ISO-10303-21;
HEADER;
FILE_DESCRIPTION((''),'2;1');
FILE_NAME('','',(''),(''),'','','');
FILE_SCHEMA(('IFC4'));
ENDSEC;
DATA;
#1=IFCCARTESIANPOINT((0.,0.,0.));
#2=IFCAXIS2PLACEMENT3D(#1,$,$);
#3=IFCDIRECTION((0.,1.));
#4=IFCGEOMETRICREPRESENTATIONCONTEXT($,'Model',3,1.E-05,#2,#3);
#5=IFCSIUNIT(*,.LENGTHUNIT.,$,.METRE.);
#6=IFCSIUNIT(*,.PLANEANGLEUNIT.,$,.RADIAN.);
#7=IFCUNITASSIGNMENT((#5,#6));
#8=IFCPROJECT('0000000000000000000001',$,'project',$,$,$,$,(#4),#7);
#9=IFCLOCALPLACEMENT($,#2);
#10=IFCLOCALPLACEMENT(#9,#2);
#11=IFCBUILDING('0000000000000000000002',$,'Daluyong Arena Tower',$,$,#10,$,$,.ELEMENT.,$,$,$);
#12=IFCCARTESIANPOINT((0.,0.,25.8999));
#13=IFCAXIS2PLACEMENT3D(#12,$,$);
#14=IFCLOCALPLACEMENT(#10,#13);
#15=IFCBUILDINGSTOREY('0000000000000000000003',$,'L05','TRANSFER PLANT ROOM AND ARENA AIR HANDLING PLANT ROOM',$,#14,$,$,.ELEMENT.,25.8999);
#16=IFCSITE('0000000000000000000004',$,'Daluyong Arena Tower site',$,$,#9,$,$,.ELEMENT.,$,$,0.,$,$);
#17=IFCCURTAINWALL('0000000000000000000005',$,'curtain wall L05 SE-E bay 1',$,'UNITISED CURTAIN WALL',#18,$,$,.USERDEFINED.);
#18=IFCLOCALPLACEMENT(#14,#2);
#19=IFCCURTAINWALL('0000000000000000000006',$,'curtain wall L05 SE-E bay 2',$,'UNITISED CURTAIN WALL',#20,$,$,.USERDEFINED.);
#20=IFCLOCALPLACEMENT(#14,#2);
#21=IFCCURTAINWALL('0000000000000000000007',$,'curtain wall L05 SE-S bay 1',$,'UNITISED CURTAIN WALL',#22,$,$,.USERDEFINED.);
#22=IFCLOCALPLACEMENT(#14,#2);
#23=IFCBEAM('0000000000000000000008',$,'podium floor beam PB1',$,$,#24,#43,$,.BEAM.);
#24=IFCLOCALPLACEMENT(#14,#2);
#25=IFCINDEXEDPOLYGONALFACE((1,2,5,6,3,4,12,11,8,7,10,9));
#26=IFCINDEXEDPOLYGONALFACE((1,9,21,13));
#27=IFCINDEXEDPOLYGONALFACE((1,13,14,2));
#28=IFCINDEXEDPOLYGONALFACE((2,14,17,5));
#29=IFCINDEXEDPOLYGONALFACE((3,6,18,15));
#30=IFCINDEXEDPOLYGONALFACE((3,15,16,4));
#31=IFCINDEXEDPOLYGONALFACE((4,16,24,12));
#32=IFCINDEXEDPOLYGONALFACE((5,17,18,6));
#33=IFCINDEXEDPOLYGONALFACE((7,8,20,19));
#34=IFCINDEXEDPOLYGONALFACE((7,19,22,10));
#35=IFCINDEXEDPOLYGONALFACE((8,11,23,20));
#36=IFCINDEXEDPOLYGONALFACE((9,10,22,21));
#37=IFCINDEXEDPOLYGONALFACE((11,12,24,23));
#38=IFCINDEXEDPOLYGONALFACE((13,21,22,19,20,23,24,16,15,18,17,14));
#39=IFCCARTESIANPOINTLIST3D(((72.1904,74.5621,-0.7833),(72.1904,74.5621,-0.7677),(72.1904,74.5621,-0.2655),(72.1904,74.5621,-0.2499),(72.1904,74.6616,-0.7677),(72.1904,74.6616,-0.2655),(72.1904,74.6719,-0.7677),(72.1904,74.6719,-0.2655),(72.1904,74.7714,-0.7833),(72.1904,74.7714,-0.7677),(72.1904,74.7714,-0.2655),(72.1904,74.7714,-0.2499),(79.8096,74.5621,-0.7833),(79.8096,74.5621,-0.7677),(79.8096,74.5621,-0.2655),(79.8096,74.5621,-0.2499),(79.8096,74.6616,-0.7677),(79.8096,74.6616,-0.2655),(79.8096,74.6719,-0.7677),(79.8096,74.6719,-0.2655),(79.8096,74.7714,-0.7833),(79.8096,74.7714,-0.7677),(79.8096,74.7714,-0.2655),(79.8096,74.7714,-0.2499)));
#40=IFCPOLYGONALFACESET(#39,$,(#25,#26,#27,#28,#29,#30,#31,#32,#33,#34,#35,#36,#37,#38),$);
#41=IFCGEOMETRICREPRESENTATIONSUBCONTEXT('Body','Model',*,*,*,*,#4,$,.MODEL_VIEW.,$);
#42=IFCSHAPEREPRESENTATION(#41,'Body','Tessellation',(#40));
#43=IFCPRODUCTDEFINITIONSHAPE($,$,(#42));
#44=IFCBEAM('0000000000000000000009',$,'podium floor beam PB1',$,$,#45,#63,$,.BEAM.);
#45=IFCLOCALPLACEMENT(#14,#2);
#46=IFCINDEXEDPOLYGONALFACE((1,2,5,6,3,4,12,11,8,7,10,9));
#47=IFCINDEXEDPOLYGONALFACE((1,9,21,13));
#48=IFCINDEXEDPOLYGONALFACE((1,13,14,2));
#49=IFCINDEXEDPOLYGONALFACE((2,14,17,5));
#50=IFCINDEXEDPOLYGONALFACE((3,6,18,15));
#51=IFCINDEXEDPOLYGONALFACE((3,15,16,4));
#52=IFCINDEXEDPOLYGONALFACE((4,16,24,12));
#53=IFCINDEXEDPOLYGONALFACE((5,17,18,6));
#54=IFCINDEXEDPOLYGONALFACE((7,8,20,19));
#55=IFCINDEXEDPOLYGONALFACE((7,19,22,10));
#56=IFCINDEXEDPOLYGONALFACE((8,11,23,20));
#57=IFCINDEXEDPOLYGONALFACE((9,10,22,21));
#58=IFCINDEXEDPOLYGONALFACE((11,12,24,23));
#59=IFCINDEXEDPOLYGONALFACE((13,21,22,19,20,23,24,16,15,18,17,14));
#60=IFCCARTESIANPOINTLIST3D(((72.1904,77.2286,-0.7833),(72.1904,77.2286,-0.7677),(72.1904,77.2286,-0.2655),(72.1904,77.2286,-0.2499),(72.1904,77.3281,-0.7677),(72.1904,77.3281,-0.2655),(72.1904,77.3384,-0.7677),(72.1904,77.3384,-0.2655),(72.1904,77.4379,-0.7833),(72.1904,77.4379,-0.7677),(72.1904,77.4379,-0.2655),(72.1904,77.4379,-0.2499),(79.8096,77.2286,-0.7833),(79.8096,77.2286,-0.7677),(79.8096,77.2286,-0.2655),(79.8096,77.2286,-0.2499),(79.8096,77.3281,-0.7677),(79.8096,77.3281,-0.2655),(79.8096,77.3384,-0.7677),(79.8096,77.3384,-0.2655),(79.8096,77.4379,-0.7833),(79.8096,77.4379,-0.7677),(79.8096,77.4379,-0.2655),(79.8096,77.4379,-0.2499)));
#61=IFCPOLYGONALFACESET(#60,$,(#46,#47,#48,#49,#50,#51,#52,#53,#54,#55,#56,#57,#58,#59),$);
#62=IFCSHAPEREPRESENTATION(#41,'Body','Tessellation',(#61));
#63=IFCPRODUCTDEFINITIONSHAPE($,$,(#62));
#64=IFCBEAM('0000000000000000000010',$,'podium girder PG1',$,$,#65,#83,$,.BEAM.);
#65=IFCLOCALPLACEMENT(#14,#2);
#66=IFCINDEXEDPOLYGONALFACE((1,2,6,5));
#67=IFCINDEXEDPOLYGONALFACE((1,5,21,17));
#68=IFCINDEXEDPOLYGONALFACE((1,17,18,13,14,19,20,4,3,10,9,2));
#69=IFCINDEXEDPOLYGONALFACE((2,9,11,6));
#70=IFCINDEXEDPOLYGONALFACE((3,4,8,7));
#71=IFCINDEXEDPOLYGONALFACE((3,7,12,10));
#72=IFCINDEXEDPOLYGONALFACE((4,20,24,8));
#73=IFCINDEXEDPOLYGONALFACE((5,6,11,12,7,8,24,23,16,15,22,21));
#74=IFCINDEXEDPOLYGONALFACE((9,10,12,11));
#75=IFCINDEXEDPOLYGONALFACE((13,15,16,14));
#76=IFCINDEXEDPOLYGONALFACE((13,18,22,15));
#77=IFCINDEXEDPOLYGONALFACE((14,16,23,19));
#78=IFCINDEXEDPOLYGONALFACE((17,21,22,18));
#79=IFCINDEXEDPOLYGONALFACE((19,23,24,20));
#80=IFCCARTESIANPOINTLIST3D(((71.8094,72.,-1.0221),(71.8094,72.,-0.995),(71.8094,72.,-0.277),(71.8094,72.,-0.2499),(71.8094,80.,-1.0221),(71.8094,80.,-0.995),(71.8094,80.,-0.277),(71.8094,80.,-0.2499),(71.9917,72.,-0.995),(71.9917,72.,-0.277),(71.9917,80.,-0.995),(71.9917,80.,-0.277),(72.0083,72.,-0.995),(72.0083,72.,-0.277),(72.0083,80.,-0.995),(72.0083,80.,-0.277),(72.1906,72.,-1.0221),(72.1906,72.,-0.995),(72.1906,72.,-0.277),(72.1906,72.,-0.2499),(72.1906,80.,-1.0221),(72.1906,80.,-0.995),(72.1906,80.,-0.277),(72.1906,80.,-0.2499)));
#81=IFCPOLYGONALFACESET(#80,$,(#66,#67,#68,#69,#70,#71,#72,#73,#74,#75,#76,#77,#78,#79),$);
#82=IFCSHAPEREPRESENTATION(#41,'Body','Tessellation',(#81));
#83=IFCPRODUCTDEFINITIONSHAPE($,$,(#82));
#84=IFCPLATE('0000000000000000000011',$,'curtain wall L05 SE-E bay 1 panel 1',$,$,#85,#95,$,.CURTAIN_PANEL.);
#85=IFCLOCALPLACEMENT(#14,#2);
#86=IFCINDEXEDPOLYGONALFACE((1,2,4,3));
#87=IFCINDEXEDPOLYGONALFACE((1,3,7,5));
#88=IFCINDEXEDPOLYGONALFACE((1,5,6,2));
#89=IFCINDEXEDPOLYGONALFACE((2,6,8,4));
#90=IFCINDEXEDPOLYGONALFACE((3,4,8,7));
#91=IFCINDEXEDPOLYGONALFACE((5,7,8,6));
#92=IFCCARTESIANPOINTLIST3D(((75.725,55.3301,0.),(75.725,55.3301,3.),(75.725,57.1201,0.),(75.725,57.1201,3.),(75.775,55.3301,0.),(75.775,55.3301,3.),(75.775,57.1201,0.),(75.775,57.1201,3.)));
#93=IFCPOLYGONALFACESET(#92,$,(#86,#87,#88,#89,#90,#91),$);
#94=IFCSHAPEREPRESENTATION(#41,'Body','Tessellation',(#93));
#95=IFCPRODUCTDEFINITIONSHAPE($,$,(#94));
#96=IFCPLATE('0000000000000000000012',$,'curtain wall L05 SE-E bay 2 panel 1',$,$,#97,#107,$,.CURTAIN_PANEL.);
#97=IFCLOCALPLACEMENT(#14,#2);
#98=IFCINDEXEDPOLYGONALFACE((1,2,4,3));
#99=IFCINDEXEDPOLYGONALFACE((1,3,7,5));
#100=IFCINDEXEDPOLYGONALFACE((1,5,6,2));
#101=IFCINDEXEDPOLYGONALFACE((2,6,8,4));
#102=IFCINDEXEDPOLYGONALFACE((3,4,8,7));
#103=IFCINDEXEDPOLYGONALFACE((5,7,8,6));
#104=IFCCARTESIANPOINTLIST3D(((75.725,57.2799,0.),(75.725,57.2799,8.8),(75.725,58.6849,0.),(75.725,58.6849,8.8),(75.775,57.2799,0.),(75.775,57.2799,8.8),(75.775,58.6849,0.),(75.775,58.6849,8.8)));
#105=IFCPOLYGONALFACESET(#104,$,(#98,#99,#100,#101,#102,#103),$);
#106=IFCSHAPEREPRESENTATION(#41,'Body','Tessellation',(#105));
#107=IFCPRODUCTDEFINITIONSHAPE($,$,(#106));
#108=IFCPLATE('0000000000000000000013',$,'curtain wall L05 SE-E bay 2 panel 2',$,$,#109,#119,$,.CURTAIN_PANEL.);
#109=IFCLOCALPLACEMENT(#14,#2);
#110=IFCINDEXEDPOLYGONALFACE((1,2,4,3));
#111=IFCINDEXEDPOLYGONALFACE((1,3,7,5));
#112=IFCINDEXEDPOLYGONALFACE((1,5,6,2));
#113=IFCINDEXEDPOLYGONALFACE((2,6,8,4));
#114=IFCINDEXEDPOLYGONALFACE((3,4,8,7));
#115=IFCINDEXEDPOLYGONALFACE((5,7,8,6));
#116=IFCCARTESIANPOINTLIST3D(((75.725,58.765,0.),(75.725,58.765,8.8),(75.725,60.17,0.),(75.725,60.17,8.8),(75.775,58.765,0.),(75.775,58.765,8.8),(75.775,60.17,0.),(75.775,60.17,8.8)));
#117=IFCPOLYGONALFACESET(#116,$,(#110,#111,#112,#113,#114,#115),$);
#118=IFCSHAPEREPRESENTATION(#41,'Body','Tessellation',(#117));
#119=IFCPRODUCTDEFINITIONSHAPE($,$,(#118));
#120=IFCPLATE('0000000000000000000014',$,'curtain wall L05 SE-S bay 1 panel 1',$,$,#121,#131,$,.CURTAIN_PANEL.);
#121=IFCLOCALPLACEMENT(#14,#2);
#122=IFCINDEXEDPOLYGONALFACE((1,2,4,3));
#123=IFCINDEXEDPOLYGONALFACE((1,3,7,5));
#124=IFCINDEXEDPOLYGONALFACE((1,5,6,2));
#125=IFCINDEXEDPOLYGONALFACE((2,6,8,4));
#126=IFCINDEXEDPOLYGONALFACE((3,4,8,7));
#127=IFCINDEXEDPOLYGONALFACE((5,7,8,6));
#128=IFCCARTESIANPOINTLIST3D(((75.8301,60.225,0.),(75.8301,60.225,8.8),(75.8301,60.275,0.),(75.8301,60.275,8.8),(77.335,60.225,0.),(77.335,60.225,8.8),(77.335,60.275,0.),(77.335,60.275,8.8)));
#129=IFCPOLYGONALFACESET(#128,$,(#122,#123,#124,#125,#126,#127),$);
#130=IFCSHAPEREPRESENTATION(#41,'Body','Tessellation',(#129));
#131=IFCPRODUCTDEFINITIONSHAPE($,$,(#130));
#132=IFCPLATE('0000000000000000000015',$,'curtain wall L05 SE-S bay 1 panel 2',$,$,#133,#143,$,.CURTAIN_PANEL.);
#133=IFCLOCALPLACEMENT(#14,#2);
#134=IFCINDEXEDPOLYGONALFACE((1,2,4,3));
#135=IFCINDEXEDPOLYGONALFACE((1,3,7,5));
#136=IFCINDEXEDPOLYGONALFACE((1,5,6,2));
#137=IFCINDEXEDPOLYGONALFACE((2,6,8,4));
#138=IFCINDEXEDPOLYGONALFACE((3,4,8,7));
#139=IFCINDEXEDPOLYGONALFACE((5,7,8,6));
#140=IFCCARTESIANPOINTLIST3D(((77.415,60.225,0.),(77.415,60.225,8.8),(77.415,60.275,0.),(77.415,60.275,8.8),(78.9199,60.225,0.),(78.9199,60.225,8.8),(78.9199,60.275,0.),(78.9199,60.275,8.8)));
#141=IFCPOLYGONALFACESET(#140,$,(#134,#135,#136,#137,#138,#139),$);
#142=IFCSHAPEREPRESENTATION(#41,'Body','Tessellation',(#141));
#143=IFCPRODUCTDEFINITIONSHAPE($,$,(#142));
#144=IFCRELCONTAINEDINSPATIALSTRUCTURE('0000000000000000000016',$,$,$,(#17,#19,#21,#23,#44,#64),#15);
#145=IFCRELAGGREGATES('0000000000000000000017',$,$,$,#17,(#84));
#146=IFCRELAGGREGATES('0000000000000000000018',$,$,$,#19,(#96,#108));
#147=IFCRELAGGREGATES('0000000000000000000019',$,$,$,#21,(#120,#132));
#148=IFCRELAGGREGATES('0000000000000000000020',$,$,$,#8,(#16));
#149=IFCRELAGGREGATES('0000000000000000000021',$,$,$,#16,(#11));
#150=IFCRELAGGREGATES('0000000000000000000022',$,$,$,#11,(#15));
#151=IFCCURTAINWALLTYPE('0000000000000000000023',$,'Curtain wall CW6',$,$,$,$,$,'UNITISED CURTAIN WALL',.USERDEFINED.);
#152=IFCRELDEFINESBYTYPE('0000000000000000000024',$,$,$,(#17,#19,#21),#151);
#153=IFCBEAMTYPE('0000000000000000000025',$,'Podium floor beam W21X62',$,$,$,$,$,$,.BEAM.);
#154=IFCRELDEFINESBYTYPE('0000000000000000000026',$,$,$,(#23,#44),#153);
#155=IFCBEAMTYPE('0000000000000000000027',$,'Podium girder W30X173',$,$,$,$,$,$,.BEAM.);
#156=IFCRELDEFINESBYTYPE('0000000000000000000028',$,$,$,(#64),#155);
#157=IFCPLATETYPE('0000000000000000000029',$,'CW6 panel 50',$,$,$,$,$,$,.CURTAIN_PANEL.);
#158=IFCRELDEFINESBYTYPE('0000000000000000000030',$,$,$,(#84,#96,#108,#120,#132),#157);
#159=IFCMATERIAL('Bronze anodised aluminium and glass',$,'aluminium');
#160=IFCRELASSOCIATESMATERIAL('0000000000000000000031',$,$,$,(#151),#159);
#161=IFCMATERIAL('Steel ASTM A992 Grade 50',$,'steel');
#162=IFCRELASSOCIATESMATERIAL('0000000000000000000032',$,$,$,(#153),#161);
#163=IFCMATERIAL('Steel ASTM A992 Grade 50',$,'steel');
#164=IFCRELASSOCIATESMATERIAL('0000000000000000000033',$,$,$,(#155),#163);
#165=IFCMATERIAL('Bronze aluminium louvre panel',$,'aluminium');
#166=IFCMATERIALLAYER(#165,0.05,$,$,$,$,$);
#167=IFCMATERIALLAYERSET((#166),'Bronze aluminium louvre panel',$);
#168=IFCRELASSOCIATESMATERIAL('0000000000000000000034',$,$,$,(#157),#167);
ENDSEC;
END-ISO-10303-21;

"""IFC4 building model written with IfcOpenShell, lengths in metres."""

from ifc_helpers import new_model, si_unit, direction, frame, origin, origin_2d, place, context, subcontext, project, spatial, rectangle, i_section, extrude, material, layer, layer_set, material_profile, profile_set, type_object, element, aggregate, save


model = new_model("IFC4")

# Units and contexts
model_context = context("Model", 3, precision=1e-05, world=origin(), true_north=direction((0.0, 1.0)))
body_context = subcontext(model_context, "Body", "Model", "MODEL_VIEW")
ifc_project = project(units=[si_unit("LENGTHUNIT", "METRE"), si_unit("PLANEANGLEUNIT", "RADIAN")], contexts=[model_context])

# Site, building, storey
site_placement = place(None, origin())
site = spatial("IfcSite", under=ifc_project, at=site_placement, Name="Daluyong Arena Tower site", CompositionType="ELEMENT", RefElevation=0.0)
building_placement = place(site_placement, origin())
building = spatial("IfcBuilding", under=site, at=building_placement, Name="Daluyong Arena Tower", CompositionType="ELEMENT")
storey_placement = place(building_placement, frame((0.0, 0.0, 25.8999)))
storey = spatial("IfcBuildingStorey", under=building, at=storey_placement, Name="L05", Description="TRANSFER PLANT ROOM AND ARENA AIR HANDLING PLANT ROOM", CompositionType="ELEMENT", Elevation=25.8999)

# Curtain wall
ifc_material_1 = material(Name="Bronze anodised aluminium and glass", Category="aluminium")
curtain_wall_type = type_object("IfcCurtainWallType", Name="Curtain wall CW6", ElementType="UNITISED CURTAIN WALL", PredefinedType="USERDEFINED", material=ifc_material_1)
curtain_wall_1_placement = place(storey_placement, origin())
curtain_wall_1 = element("IfcCurtainWall", 1, at=curtain_wall_1_placement, inside=storey, type_object=curtain_wall_type, Name="curtain wall L05 SE-E bay 1", ObjectType="UNITISED CURTAIN WALL", PredefinedType="USERDEFINED")

# Curtain walls
curtain_wall_2_placement = place(storey_placement, origin())
curtain_wall_2 = element("IfcCurtainWall", 2, at=curtain_wall_2_placement, inside=storey, type_object=curtain_wall_type, Name="curtain wall L05 SE-E bay 2", ObjectType="UNITISED CURTAIN WALL", PredefinedType="USERDEFINED")
curtain_wall_3_placement = place(storey_placement, origin())
curtain_wall_3 = element("IfcCurtainWall", 3, at=curtain_wall_3_placement, inside=storey, type_object=curtain_wall_type, Name="curtain wall L05 SE-S bay 1", ObjectType="UNITISED CURTAIN WALL", PredefinedType="USERDEFINED")

# Beams
ifc_material_2 = material(Name="Steel ASTM A992 Grade 50", Category="steel")
ifc_material_profile_1 = material_profile(ifc_material_2, i_section(OverallWidth=0.2092, OverallDepth=0.5334, WebThickness=0.0103, FlangeThickness=0.0156, at=origin_2d()))
ifc_profile_set_1 = profile_set([ifc_material_profile_1], Name="Steel ASTM A992 Grade 50")
beam_type_1 = type_object("IfcBeamType", Name="Podium floor beam W21X62", PredefinedType="BEAM", material=ifc_profile_set_1)
for number, where, z_axis, x_axis, name in (
    (4, (72.1904, 74.6667, -0.5166), (1.0, 0.0, 0.0), (0.0, 1.0, 0.0), "podium floor beam PB1"),
    (5, (72.1904, 77.3333, -0.5166), (1.0, 0.0, 0.0), (0.0, 1.0, 0.0), "podium floor beam PB1"),
):
    element("IfcBeam", number, at=place(storey_placement, frame(where, z_axis=z_axis, x_axis=x_axis)), inside=storey, type_object=beam_type_1, Name=name, PredefinedType="BEAM", context=body_context, shape_type="SweptSolid", body=[
        extrude(i_section(OverallWidth=0.2092, OverallDepth=0.5334, WebThickness=0.0103, FlangeThickness=0.0156, at=origin_2d()), origin(), (0.0, 0.0, 1.0), 7.6191),
    ])
ifc_material_3 = material(Name="Steel ASTM A992 Grade 50", Category="steel")
ifc_material_profile_2 = material_profile(ifc_material_3, i_section(OverallWidth=0.3811, OverallDepth=0.7722, WebThickness=0.0166, FlangeThickness=0.0271, at=origin_2d()))
ifc_profile_set_2 = profile_set([ifc_material_profile_2], Name="Steel ASTM A992 Grade 50")
beam_type_2 = type_object("IfcBeamType", Name="Podium girder W30X173", PredefinedType="BEAM", material=ifc_profile_set_2)
beam_placement = place(storey_placement, frame((72.0, 72.0, -0.636), z_axis=(0.0, 1.0, 0.0), x_axis=(-1.0, 0.0, 0.0)))
element("IfcBeam", 6, at=beam_placement, inside=storey, type_object=beam_type_2, Name="podium girder PG1", PredefinedType="BEAM", context=body_context, shape_type="SweptSolid", body=[
    extrude(i_section(OverallWidth=0.3811, OverallDepth=0.7722, WebThickness=0.0166, FlangeThickness=0.0271, at=origin_2d()), origin(), (0.0, 0.0, 1.0), 8.0),
])

# Plates
ifc_material_4 = material(Name="Bronze aluminium louvre panel", Category="aluminium")
ifc_layer = layer(ifc_material_4, 0.05)
ifc_layer_set = layer_set([ifc_layer], Name="Bronze aluminium louvre panel")
plate_type = type_object("IfcPlateType", Name="CW6 panel 50", PredefinedType="CURTAIN_PANEL", material=ifc_layer_set)
plate_1_placement = place(storey_placement, frame((75.75, 56.2251, 0.0), z_axis=(0.0, 0.0, 1.0), x_axis=(0.0, 1.0, 0.0)))
plate_1 = element("IfcPlate", 7, at=plate_1_placement, type_object=plate_type, Name="curtain wall L05 SE-E bay 1 panel 1", PredefinedType="CURTAIN_PANEL", context=body_context, shape_type="SweptSolid", body=[
    extrude(rectangle(XDim=1.79, YDim=0.05, at=origin_2d()), origin(), (0.0, 0.0, 1.0), 3.0),
])
aggregate(curtain_wall_1, [plate_1])
plate_2_placement = place(storey_placement, frame((75.75, 57.9824, 0.0), z_axis=(0.0, 0.0, 1.0), x_axis=(0.0, 1.0, 0.0)))
plate_2 = element("IfcPlate", 8, at=plate_2_placement, type_object=plate_type, Name="curtain wall L05 SE-E bay 2 panel 1", PredefinedType="CURTAIN_PANEL", context=body_context, shape_type="SweptSolid", body=[
    extrude(rectangle(XDim=1.405, YDim=0.05, at=origin_2d()), origin(), (0.0, 0.0, 1.0), 8.8),
])
plate_3_placement = place(storey_placement, frame((75.75, 59.4675, 0.0), z_axis=(0.0, 0.0, 1.0), x_axis=(0.0, 1.0, 0.0)))
plate_3 = element("IfcPlate", 9, at=plate_3_placement, type_object=plate_type, Name="curtain wall L05 SE-E bay 2 panel 2", PredefinedType="CURTAIN_PANEL", context=body_context, shape_type="SweptSolid", body=[
    extrude(rectangle(XDim=1.405, YDim=0.05, at=origin_2d()), origin(), (0.0, 0.0, 1.0), 8.8),
])
aggregate(curtain_wall_2, [plate_2, plate_3])
plate_4_placement = place(storey_placement, frame((76.5825, 60.25, 0.0), z_axis=(0.0, 0.0, 1.0), x_axis=(1.0, 0.0, 0.0)))
plate_4 = element("IfcPlate", 10, at=plate_4_placement, type_object=plate_type, Name="curtain wall L05 SE-S bay 1 panel 1", PredefinedType="CURTAIN_PANEL", context=body_context, shape_type="SweptSolid", body=[
    extrude(rectangle(XDim=1.5049, YDim=0.05, at=origin_2d()), origin(), (0.0, 0.0, 1.0), 8.8),
])
plate_5_placement = place(storey_placement, frame((78.1675, 60.25, 0.0), z_axis=(0.0, 0.0, 1.0), x_axis=(1.0, 0.0, 0.0)))
plate_5 = element("IfcPlate", 11, at=plate_5_placement, type_object=plate_type, Name="curtain wall L05 SE-S bay 1 panel 2", PredefinedType="CURTAIN_PANEL", context=body_context, shape_type="SweptSolid", body=[
    extrude(rectangle(XDim=1.5049, YDim=0.05, at=origin_2d()), origin(), (0.0, 0.0, 1.0), 8.8),
])
aggregate(curtain_wall_3, [plate_4, plate_5])

save(model, "model.ifc")
